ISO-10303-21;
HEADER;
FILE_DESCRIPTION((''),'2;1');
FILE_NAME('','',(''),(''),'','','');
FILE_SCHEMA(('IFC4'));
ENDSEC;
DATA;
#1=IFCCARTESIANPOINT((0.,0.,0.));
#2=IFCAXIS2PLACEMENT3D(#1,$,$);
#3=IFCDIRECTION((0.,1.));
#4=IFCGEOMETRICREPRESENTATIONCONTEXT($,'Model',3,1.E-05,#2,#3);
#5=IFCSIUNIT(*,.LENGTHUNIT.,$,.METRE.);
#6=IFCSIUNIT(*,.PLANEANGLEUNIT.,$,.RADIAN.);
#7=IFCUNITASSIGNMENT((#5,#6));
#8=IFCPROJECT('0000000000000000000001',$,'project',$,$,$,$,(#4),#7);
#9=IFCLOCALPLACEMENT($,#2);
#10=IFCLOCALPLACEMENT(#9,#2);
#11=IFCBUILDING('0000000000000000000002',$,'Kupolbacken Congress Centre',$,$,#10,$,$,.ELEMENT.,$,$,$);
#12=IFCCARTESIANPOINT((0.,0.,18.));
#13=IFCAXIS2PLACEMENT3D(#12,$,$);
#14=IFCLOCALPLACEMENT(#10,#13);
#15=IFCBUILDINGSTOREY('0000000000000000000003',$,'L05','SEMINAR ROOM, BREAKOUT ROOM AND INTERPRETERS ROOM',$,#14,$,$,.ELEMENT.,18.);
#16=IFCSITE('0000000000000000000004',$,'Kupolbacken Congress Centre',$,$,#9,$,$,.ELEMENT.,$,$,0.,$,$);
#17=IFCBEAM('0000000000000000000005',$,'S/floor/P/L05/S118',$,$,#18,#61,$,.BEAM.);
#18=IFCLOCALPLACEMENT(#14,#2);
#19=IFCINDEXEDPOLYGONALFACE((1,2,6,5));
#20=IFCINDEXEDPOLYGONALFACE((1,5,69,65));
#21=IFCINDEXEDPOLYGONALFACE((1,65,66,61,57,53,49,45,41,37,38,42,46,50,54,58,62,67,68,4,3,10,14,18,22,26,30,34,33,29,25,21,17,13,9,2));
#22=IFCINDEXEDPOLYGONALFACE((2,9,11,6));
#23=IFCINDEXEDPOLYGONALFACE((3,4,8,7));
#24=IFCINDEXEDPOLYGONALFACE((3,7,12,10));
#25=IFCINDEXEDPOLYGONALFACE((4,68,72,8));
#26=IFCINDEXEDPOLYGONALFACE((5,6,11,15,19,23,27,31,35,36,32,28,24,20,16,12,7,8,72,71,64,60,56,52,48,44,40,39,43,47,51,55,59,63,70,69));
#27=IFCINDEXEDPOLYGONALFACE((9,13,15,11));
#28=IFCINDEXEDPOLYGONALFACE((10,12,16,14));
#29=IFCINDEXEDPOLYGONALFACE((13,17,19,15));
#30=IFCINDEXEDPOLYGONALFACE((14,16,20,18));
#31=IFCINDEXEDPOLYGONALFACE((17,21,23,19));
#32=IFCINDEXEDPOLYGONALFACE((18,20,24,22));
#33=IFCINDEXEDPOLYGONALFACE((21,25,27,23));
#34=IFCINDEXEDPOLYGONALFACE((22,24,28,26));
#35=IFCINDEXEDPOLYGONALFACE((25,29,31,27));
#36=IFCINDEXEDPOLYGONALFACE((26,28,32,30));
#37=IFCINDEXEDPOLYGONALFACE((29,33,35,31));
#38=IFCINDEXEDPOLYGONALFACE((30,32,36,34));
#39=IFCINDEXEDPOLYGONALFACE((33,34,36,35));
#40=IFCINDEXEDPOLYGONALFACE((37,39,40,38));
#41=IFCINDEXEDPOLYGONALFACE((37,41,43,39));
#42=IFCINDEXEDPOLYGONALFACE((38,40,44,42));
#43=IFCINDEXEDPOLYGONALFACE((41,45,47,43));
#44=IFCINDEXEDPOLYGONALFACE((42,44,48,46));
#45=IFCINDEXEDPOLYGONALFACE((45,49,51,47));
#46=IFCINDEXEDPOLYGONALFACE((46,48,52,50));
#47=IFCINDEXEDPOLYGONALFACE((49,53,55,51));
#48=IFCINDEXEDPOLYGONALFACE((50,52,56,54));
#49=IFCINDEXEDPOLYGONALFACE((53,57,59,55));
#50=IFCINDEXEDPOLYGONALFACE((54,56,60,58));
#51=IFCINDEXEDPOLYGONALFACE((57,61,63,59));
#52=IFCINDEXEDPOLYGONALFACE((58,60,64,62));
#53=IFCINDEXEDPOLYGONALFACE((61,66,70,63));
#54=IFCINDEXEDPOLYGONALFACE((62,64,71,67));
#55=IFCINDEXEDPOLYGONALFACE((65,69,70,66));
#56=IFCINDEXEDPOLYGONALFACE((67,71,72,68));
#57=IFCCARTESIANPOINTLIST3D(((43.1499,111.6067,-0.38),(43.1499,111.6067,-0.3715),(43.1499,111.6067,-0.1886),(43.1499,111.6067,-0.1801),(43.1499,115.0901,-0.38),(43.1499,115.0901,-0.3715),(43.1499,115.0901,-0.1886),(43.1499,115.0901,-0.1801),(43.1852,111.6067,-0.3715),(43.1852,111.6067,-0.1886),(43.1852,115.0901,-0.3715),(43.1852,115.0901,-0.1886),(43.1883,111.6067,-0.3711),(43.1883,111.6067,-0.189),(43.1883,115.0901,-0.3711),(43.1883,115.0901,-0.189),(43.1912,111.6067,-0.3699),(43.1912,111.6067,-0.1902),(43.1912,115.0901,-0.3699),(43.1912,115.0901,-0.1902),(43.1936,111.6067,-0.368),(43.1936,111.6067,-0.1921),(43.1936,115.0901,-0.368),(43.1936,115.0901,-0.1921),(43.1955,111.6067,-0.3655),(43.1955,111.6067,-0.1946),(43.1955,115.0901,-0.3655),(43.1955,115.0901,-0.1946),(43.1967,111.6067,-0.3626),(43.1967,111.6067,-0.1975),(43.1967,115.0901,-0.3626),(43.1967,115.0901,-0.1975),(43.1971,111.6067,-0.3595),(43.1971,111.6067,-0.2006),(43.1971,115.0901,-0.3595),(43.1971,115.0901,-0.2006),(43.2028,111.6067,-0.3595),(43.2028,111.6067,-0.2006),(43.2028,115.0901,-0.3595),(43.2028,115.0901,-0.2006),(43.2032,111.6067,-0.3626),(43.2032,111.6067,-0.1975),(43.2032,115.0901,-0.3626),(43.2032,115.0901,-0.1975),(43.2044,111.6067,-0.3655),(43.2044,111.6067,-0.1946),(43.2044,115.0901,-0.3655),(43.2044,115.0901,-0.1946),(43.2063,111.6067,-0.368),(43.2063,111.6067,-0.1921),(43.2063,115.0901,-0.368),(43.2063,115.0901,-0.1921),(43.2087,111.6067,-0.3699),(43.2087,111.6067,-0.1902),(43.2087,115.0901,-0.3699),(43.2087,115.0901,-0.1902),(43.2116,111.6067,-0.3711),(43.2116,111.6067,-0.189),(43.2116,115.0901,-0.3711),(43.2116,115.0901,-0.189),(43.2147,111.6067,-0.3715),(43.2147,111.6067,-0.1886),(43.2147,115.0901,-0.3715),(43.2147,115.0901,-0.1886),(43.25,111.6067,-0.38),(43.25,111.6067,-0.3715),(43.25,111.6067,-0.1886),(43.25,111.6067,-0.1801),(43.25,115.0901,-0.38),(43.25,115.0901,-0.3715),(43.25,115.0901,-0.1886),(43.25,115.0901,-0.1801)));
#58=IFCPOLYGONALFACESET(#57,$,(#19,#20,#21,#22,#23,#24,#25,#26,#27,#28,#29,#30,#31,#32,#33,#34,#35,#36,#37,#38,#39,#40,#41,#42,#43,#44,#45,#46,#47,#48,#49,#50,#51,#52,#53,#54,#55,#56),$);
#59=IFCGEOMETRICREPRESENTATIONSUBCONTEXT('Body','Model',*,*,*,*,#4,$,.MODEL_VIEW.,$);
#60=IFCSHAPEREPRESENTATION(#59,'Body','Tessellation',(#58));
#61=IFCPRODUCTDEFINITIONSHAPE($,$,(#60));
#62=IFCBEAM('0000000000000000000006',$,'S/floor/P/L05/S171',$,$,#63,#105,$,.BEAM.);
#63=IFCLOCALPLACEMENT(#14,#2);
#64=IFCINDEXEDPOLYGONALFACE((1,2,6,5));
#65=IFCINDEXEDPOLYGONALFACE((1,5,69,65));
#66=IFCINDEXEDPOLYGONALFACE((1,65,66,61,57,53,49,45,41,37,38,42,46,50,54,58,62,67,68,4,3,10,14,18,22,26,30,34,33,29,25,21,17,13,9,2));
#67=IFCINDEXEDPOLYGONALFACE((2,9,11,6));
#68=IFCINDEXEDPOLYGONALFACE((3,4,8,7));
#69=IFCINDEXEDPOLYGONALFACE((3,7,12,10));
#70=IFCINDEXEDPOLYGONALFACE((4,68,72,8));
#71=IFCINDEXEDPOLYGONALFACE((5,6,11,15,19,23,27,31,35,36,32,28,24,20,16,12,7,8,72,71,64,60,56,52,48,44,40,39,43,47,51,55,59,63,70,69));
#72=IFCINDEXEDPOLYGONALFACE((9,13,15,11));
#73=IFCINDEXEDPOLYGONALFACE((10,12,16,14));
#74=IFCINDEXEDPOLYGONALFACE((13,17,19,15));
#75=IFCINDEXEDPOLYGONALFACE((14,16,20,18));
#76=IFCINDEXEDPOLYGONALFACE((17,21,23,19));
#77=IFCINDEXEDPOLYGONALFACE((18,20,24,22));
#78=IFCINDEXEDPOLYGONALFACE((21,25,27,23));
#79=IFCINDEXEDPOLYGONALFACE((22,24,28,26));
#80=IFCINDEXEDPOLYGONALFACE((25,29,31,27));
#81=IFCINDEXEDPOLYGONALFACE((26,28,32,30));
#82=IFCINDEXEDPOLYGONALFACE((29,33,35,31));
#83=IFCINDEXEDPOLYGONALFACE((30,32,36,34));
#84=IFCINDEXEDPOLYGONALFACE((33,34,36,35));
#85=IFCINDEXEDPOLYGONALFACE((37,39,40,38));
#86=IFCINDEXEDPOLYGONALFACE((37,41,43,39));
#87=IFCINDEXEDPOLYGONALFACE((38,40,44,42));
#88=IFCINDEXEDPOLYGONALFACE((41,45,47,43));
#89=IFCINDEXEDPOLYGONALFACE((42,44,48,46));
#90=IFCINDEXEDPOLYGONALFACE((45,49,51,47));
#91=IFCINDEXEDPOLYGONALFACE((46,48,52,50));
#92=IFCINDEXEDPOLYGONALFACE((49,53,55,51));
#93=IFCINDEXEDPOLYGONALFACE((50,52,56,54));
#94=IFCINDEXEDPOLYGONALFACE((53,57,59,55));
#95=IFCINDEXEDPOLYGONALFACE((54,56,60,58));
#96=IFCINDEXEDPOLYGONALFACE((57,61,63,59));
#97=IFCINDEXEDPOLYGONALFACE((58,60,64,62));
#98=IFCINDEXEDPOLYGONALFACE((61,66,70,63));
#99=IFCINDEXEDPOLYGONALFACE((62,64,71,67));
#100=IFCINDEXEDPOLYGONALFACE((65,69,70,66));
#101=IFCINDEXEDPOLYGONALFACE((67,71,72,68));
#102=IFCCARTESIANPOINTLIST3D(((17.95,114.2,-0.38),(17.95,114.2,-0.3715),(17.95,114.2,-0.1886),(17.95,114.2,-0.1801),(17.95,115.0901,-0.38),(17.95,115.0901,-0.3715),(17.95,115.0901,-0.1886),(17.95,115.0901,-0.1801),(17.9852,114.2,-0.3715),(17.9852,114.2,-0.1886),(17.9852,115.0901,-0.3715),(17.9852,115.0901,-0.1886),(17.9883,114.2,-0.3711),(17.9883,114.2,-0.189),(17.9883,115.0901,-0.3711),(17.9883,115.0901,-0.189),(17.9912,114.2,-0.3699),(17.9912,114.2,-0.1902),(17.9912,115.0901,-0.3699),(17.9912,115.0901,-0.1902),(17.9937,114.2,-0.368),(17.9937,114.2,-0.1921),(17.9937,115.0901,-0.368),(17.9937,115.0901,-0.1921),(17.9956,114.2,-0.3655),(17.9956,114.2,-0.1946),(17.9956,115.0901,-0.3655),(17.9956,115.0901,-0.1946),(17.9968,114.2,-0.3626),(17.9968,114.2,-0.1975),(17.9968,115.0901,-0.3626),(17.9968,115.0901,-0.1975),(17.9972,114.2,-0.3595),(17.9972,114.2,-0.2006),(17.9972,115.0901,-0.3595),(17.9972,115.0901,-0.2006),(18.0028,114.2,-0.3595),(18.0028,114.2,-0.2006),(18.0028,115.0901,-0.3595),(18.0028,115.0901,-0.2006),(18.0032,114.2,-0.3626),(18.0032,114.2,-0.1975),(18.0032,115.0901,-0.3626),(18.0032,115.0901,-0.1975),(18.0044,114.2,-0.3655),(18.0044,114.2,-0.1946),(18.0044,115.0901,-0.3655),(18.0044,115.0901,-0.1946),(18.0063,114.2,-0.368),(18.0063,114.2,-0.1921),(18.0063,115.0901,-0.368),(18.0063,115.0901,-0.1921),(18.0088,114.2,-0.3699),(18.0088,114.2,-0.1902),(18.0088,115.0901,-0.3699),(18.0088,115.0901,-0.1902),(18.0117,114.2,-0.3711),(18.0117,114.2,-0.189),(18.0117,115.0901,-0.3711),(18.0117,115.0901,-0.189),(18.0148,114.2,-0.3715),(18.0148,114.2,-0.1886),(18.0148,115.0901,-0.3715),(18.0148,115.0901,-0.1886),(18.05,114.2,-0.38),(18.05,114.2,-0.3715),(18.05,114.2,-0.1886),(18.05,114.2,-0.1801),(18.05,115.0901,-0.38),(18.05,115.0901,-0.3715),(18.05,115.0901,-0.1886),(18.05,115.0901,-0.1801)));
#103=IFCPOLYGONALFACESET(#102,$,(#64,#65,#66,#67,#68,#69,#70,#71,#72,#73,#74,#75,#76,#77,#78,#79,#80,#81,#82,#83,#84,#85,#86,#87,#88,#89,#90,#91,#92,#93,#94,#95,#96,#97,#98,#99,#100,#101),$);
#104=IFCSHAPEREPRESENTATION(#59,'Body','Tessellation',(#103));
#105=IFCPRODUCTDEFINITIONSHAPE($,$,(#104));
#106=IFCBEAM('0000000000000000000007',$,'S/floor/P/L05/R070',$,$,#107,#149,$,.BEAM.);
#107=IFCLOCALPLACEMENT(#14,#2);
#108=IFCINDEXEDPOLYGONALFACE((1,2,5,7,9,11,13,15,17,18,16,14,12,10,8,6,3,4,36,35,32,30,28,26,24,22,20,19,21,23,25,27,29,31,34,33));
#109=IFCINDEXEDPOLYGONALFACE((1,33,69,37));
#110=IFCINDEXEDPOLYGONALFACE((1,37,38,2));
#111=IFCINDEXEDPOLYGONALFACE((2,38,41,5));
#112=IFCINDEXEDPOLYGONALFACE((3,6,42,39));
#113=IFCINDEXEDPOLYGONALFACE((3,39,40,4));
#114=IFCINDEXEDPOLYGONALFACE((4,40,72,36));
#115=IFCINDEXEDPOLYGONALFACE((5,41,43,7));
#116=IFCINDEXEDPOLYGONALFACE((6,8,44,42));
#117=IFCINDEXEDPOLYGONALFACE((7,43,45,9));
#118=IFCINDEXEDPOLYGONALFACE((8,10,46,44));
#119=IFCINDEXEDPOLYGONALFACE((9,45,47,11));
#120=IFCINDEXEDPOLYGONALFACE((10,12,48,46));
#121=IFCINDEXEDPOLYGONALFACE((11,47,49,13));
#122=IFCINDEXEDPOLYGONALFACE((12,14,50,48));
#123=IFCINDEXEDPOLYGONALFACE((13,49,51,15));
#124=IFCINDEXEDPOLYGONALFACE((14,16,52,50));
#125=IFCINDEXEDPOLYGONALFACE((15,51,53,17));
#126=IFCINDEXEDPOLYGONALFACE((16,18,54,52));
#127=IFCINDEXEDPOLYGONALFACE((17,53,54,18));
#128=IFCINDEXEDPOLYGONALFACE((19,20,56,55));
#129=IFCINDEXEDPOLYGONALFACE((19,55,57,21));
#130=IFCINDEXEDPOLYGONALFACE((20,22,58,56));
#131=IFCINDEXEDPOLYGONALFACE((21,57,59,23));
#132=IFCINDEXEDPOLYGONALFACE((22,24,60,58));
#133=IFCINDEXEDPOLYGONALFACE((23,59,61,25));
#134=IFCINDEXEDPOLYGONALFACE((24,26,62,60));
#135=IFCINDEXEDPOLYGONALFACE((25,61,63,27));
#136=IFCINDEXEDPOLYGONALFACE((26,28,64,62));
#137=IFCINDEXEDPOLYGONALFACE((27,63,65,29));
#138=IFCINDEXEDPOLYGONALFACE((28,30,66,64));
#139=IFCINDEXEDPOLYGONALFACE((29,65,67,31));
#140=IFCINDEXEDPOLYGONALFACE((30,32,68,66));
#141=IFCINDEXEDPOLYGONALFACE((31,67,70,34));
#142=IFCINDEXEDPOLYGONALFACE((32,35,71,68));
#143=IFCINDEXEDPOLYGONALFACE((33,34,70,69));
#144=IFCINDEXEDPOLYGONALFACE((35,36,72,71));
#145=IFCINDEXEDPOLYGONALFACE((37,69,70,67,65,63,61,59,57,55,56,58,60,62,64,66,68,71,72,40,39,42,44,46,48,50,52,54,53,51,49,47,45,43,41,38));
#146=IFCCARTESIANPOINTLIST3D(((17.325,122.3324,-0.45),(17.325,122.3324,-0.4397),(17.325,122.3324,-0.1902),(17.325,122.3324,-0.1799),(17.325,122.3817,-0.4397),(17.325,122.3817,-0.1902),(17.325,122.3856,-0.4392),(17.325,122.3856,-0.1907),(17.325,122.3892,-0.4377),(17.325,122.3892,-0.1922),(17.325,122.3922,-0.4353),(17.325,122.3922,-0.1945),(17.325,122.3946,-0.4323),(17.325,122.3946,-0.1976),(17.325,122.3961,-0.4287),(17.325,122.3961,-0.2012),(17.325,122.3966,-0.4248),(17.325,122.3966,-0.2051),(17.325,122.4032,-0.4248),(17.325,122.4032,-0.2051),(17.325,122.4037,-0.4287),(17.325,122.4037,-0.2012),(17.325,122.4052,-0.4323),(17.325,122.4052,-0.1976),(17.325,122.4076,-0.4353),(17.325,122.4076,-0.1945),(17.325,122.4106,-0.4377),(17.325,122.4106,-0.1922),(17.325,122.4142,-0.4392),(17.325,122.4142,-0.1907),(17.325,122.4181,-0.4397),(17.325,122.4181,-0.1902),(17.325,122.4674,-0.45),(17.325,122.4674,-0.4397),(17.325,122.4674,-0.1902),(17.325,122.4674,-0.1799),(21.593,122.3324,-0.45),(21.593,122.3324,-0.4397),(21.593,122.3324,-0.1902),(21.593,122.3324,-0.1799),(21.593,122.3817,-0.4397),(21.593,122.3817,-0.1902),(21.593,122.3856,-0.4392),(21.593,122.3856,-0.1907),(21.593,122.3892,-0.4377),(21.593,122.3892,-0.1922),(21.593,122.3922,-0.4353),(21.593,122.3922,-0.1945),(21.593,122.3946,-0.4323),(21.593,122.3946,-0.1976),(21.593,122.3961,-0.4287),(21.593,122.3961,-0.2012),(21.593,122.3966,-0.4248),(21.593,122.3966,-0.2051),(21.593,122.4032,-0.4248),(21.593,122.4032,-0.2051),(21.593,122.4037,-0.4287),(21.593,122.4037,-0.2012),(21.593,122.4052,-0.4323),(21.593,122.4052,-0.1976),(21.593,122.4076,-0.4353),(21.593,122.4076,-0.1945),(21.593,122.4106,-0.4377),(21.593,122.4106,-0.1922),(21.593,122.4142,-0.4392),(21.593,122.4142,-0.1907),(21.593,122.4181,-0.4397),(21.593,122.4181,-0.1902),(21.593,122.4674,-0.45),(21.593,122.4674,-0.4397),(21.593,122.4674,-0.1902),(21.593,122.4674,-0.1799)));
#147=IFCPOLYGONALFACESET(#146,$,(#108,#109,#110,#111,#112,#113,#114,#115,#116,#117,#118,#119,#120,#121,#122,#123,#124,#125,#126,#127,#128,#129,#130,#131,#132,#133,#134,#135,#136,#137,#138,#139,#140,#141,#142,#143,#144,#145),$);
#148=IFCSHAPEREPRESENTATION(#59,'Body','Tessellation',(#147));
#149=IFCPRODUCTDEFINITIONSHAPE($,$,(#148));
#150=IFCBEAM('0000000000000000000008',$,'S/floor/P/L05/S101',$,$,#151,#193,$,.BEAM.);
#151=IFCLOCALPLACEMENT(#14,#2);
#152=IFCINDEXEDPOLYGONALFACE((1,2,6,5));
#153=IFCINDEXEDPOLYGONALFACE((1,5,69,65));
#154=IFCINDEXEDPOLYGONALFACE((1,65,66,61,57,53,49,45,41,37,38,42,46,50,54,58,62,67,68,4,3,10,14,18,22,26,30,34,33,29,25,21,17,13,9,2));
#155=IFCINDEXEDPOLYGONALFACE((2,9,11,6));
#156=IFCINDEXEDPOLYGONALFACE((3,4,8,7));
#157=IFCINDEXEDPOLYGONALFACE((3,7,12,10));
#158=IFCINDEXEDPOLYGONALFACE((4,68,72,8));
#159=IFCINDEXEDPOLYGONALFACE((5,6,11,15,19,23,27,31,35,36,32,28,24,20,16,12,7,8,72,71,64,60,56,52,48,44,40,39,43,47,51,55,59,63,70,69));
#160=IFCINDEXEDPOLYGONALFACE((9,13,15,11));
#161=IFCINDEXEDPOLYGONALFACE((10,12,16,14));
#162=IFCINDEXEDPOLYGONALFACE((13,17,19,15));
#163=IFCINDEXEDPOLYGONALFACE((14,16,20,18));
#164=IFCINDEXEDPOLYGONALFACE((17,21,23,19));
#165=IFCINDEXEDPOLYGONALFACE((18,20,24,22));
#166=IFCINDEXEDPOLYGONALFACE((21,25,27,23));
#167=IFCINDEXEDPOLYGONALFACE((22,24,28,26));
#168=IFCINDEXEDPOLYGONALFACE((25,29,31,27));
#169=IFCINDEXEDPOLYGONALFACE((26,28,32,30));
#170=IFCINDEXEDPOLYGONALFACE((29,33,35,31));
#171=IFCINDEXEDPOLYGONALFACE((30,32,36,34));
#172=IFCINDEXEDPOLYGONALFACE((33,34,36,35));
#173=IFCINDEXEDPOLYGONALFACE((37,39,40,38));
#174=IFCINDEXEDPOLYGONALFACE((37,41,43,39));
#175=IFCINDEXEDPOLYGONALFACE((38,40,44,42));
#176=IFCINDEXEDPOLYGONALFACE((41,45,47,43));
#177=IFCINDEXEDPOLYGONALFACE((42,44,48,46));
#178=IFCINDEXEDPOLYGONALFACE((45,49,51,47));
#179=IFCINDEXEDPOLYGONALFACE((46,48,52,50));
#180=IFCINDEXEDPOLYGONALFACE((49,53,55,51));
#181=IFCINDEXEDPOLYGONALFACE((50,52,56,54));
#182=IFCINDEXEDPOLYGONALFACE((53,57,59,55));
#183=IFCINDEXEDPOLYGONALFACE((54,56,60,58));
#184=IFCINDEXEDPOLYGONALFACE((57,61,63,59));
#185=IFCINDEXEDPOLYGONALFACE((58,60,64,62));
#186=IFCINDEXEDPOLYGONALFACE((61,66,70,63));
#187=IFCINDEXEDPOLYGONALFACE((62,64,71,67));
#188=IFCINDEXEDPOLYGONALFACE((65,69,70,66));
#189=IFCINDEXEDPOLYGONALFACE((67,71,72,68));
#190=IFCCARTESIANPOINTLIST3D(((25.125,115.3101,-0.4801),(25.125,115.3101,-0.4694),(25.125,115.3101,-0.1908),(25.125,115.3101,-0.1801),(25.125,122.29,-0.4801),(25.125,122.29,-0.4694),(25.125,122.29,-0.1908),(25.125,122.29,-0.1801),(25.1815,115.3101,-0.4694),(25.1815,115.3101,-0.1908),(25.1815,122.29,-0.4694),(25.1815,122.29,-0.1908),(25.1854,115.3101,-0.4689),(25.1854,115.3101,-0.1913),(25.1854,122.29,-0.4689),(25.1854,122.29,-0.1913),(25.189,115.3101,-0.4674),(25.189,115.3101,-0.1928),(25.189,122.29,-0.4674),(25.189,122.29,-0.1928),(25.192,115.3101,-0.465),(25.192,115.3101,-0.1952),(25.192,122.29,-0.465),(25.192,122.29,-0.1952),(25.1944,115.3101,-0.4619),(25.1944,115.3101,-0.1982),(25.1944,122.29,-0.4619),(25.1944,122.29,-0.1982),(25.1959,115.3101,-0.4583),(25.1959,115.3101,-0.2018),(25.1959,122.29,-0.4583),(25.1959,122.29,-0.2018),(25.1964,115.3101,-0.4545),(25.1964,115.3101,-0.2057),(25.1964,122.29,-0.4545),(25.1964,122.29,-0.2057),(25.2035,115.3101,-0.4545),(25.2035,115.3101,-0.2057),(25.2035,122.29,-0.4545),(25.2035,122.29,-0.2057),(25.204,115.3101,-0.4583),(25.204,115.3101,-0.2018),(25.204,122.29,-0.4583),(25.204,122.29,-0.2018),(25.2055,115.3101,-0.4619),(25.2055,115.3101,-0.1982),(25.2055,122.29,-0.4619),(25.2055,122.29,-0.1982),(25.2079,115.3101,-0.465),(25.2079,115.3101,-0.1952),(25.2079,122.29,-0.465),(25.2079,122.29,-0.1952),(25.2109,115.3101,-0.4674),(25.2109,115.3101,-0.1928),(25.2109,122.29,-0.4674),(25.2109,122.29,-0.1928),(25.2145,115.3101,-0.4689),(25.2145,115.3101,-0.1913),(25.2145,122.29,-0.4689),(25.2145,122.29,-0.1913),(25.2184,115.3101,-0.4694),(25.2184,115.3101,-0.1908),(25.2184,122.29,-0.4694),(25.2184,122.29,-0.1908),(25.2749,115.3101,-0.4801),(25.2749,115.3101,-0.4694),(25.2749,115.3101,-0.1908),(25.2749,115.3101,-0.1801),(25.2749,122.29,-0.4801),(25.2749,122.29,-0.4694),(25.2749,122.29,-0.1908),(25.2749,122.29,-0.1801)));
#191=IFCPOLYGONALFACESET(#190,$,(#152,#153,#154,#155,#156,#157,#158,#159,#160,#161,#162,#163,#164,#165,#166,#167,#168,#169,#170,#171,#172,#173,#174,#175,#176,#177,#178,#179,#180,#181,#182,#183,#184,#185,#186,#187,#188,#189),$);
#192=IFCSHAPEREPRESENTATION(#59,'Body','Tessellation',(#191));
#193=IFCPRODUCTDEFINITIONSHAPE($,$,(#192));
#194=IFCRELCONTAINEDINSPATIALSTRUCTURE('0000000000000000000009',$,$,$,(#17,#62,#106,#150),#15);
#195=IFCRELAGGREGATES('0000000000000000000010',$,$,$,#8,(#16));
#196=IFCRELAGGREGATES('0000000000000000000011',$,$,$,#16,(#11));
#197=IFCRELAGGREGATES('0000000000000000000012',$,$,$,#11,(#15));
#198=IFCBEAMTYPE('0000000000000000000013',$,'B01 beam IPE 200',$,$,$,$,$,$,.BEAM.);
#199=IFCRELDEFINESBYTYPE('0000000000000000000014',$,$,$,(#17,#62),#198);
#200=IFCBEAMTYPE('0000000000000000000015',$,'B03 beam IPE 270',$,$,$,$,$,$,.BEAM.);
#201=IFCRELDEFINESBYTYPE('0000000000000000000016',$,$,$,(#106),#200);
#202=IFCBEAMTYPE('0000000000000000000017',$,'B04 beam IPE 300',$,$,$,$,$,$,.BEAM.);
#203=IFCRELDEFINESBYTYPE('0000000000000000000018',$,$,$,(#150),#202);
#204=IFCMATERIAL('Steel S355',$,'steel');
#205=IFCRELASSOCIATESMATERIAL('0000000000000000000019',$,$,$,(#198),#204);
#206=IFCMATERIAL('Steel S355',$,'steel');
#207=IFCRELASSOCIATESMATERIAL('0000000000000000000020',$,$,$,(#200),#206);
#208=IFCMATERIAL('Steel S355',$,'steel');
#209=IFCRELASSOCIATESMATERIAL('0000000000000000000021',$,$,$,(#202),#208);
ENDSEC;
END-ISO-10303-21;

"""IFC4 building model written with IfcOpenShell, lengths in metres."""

from ifc_helpers import new_model, si_unit, direction, frame, origin, origin_2d, place, context, subcontext, project, spatial, i_section, extrude, material, material_profile, profile_set, type_object, element, save


model = new_model("IFC4")

# Units and contexts
model_context = context("Model", 3, precision=1e-05, world=origin(), true_north=direction((0.0, 1.0)))
body_context = subcontext(model_context, "Body", "Model", "MODEL_VIEW")
ifc_project = project(units=[si_unit("LENGTHUNIT", "METRE"), si_unit("PLANEANGLEUNIT", "RADIAN")], contexts=[model_context])

# Site, building, storey
site_placement = place(None, origin())
site = spatial("IfcSite", under=ifc_project, at=site_placement, Name="Kupolbacken Congress Centre", CompositionType="ELEMENT", RefElevation=0.0)
building_placement = place(site_placement, origin())
building = spatial("IfcBuilding", under=site, at=building_placement, Name="Kupolbacken Congress Centre", CompositionType="ELEMENT")
storey_placement = place(building_placement, frame((0.0, 0.0, 18.0)))
storey = spatial("IfcBuildingStorey", under=building, at=storey_placement, Name="L05", Description="SEMINAR ROOM, BREAKOUT ROOM AND INTERPRETERS ROOM", CompositionType="ELEMENT", Elevation=18.0)

# Beams
ifc_material_1 = material(Name="Steel S355", Category="steel")
ifc_material_profile_1 = material_profile(ifc_material_1, i_section(OverallWidth=0.1001, OverallDepth=0.2, WebThickness=0.0056, FlangeThickness=0.0085, FilletRadius=0.012, at=origin_2d()), Name="IPE 200")
ifc_profile_set_1 = profile_set([ifc_material_profile_1], Name="Steel S355")
beam_type_1 = type_object("IfcBeamType", Name="B01 beam IPE 200", PredefinedType="BEAM", material=ifc_profile_set_1)
beam_1_placement = place(storey_placement, frame((43.2, 111.6067, -0.28), z_axis=(0.0, 1.0, 0.0), x_axis=(-1.0, 0.0, 0.0)))
element("IfcBeam", 1, at=beam_1_placement, inside=storey, type_object=beam_type_1, Name="S/floor/P/L05/S118", PredefinedType="BEAM", context=body_context, shape_type="SweptSolid", body=[
    extrude(i_section(OverallWidth=0.1001, OverallDepth=0.2, WebThickness=0.0056, FlangeThickness=0.0085, FilletRadius=0.012, at=origin_2d()), origin(), (0.0, 0.0, 1.0), 3.4834),
])
beam_2_placement = place(storey_placement, frame((18.0, 114.2, -0.28), z_axis=(0.0, 1.0, 0.0), x_axis=(-1.0, 0.0, 0.0)))
element("IfcBeam", 2, at=beam_2_placement, inside=storey, type_object=beam_type_1, Name="S/floor/P/L05/S171", PredefinedType="BEAM", context=body_context, shape_type="SweptSolid", body=[
    extrude(i_section(OverallWidth=0.1001, OverallDepth=0.2, WebThickness=0.0056, FlangeThickness=0.0085, FilletRadius=0.012, at=origin_2d()), origin(), (0.0, 0.0, 1.0), 0.8901),
])
ifc_material_2 = material(Name="Steel S355", Category="steel")
ifc_material_profile_2 = material_profile(ifc_material_2, i_section(OverallWidth=0.135, OverallDepth=0.27, WebThickness=0.0066, FlangeThickness=0.0103, FilletRadius=0.0149, at=origin_2d()), Name="IPE 270")
ifc_profile_set_2 = profile_set([ifc_material_profile_2], Name="Steel S355")
beam_type_2 = type_object("IfcBeamType", Name="B03 beam IPE 270", PredefinedType="BEAM", material=ifc_profile_set_2)
beam_3_placement = place(storey_placement, frame((17.325, 122.3999, -0.3149), z_axis=(1.0, 0.0, 0.0), x_axis=(0.0, 1.0, 0.0)))
element("IfcBeam", 3, at=beam_3_placement, inside=storey, type_object=beam_type_2, Name="S/floor/P/L05/R070", PredefinedType="BEAM", context=body_context, shape_type="SweptSolid", body=[
    extrude(i_section(OverallWidth=0.135, OverallDepth=0.27, WebThickness=0.0066, FlangeThickness=0.0103, FilletRadius=0.0149, at=origin_2d()), origin(), (0.0, 0.0, 1.0), 4.2681),
])
ifc_material_3 = material(Name="Steel S355", Category="steel")
ifc_material_profile_3 = material_profile(ifc_material_3, i_section(OverallWidth=0.1499, OverallDepth=0.3, WebThickness=0.0071, FlangeThickness=0.0107, FilletRadius=0.0149, at=origin_2d()), Name="IPE 300")
ifc_profile_set_3 = profile_set([ifc_material_profile_3], Name="Steel S355")
beam_type_3 = type_object("IfcBeamType", Name="B04 beam IPE 300", PredefinedType="BEAM", material=ifc_profile_set_3)
for number, where, z_axis, x_axis, name in (
    (4, (25.2, 115.3101, -0.3301), (0.0, 1.0, 0.0), (-1.0, 0.0, 0.0), "S/floor/P/L05/S101"),
):
    element("IfcBeam", number, at=place(storey_placement, frame(where, z_axis=z_axis, x_axis=x_axis)), inside=storey, type_object=beam_type_3, Name=name, PredefinedType="BEAM", context=body_context, shape_type="SweptSolid", body=[
        extrude(i_section(OverallWidth=0.1499, OverallDepth=0.3, WebThickness=0.0071, FlangeThickness=0.0107, FilletRadius=0.0149, at=origin_2d()), origin(), (0.0, 0.0, 1.0), 6.98),
    ])

save(model, "model.ifc")
